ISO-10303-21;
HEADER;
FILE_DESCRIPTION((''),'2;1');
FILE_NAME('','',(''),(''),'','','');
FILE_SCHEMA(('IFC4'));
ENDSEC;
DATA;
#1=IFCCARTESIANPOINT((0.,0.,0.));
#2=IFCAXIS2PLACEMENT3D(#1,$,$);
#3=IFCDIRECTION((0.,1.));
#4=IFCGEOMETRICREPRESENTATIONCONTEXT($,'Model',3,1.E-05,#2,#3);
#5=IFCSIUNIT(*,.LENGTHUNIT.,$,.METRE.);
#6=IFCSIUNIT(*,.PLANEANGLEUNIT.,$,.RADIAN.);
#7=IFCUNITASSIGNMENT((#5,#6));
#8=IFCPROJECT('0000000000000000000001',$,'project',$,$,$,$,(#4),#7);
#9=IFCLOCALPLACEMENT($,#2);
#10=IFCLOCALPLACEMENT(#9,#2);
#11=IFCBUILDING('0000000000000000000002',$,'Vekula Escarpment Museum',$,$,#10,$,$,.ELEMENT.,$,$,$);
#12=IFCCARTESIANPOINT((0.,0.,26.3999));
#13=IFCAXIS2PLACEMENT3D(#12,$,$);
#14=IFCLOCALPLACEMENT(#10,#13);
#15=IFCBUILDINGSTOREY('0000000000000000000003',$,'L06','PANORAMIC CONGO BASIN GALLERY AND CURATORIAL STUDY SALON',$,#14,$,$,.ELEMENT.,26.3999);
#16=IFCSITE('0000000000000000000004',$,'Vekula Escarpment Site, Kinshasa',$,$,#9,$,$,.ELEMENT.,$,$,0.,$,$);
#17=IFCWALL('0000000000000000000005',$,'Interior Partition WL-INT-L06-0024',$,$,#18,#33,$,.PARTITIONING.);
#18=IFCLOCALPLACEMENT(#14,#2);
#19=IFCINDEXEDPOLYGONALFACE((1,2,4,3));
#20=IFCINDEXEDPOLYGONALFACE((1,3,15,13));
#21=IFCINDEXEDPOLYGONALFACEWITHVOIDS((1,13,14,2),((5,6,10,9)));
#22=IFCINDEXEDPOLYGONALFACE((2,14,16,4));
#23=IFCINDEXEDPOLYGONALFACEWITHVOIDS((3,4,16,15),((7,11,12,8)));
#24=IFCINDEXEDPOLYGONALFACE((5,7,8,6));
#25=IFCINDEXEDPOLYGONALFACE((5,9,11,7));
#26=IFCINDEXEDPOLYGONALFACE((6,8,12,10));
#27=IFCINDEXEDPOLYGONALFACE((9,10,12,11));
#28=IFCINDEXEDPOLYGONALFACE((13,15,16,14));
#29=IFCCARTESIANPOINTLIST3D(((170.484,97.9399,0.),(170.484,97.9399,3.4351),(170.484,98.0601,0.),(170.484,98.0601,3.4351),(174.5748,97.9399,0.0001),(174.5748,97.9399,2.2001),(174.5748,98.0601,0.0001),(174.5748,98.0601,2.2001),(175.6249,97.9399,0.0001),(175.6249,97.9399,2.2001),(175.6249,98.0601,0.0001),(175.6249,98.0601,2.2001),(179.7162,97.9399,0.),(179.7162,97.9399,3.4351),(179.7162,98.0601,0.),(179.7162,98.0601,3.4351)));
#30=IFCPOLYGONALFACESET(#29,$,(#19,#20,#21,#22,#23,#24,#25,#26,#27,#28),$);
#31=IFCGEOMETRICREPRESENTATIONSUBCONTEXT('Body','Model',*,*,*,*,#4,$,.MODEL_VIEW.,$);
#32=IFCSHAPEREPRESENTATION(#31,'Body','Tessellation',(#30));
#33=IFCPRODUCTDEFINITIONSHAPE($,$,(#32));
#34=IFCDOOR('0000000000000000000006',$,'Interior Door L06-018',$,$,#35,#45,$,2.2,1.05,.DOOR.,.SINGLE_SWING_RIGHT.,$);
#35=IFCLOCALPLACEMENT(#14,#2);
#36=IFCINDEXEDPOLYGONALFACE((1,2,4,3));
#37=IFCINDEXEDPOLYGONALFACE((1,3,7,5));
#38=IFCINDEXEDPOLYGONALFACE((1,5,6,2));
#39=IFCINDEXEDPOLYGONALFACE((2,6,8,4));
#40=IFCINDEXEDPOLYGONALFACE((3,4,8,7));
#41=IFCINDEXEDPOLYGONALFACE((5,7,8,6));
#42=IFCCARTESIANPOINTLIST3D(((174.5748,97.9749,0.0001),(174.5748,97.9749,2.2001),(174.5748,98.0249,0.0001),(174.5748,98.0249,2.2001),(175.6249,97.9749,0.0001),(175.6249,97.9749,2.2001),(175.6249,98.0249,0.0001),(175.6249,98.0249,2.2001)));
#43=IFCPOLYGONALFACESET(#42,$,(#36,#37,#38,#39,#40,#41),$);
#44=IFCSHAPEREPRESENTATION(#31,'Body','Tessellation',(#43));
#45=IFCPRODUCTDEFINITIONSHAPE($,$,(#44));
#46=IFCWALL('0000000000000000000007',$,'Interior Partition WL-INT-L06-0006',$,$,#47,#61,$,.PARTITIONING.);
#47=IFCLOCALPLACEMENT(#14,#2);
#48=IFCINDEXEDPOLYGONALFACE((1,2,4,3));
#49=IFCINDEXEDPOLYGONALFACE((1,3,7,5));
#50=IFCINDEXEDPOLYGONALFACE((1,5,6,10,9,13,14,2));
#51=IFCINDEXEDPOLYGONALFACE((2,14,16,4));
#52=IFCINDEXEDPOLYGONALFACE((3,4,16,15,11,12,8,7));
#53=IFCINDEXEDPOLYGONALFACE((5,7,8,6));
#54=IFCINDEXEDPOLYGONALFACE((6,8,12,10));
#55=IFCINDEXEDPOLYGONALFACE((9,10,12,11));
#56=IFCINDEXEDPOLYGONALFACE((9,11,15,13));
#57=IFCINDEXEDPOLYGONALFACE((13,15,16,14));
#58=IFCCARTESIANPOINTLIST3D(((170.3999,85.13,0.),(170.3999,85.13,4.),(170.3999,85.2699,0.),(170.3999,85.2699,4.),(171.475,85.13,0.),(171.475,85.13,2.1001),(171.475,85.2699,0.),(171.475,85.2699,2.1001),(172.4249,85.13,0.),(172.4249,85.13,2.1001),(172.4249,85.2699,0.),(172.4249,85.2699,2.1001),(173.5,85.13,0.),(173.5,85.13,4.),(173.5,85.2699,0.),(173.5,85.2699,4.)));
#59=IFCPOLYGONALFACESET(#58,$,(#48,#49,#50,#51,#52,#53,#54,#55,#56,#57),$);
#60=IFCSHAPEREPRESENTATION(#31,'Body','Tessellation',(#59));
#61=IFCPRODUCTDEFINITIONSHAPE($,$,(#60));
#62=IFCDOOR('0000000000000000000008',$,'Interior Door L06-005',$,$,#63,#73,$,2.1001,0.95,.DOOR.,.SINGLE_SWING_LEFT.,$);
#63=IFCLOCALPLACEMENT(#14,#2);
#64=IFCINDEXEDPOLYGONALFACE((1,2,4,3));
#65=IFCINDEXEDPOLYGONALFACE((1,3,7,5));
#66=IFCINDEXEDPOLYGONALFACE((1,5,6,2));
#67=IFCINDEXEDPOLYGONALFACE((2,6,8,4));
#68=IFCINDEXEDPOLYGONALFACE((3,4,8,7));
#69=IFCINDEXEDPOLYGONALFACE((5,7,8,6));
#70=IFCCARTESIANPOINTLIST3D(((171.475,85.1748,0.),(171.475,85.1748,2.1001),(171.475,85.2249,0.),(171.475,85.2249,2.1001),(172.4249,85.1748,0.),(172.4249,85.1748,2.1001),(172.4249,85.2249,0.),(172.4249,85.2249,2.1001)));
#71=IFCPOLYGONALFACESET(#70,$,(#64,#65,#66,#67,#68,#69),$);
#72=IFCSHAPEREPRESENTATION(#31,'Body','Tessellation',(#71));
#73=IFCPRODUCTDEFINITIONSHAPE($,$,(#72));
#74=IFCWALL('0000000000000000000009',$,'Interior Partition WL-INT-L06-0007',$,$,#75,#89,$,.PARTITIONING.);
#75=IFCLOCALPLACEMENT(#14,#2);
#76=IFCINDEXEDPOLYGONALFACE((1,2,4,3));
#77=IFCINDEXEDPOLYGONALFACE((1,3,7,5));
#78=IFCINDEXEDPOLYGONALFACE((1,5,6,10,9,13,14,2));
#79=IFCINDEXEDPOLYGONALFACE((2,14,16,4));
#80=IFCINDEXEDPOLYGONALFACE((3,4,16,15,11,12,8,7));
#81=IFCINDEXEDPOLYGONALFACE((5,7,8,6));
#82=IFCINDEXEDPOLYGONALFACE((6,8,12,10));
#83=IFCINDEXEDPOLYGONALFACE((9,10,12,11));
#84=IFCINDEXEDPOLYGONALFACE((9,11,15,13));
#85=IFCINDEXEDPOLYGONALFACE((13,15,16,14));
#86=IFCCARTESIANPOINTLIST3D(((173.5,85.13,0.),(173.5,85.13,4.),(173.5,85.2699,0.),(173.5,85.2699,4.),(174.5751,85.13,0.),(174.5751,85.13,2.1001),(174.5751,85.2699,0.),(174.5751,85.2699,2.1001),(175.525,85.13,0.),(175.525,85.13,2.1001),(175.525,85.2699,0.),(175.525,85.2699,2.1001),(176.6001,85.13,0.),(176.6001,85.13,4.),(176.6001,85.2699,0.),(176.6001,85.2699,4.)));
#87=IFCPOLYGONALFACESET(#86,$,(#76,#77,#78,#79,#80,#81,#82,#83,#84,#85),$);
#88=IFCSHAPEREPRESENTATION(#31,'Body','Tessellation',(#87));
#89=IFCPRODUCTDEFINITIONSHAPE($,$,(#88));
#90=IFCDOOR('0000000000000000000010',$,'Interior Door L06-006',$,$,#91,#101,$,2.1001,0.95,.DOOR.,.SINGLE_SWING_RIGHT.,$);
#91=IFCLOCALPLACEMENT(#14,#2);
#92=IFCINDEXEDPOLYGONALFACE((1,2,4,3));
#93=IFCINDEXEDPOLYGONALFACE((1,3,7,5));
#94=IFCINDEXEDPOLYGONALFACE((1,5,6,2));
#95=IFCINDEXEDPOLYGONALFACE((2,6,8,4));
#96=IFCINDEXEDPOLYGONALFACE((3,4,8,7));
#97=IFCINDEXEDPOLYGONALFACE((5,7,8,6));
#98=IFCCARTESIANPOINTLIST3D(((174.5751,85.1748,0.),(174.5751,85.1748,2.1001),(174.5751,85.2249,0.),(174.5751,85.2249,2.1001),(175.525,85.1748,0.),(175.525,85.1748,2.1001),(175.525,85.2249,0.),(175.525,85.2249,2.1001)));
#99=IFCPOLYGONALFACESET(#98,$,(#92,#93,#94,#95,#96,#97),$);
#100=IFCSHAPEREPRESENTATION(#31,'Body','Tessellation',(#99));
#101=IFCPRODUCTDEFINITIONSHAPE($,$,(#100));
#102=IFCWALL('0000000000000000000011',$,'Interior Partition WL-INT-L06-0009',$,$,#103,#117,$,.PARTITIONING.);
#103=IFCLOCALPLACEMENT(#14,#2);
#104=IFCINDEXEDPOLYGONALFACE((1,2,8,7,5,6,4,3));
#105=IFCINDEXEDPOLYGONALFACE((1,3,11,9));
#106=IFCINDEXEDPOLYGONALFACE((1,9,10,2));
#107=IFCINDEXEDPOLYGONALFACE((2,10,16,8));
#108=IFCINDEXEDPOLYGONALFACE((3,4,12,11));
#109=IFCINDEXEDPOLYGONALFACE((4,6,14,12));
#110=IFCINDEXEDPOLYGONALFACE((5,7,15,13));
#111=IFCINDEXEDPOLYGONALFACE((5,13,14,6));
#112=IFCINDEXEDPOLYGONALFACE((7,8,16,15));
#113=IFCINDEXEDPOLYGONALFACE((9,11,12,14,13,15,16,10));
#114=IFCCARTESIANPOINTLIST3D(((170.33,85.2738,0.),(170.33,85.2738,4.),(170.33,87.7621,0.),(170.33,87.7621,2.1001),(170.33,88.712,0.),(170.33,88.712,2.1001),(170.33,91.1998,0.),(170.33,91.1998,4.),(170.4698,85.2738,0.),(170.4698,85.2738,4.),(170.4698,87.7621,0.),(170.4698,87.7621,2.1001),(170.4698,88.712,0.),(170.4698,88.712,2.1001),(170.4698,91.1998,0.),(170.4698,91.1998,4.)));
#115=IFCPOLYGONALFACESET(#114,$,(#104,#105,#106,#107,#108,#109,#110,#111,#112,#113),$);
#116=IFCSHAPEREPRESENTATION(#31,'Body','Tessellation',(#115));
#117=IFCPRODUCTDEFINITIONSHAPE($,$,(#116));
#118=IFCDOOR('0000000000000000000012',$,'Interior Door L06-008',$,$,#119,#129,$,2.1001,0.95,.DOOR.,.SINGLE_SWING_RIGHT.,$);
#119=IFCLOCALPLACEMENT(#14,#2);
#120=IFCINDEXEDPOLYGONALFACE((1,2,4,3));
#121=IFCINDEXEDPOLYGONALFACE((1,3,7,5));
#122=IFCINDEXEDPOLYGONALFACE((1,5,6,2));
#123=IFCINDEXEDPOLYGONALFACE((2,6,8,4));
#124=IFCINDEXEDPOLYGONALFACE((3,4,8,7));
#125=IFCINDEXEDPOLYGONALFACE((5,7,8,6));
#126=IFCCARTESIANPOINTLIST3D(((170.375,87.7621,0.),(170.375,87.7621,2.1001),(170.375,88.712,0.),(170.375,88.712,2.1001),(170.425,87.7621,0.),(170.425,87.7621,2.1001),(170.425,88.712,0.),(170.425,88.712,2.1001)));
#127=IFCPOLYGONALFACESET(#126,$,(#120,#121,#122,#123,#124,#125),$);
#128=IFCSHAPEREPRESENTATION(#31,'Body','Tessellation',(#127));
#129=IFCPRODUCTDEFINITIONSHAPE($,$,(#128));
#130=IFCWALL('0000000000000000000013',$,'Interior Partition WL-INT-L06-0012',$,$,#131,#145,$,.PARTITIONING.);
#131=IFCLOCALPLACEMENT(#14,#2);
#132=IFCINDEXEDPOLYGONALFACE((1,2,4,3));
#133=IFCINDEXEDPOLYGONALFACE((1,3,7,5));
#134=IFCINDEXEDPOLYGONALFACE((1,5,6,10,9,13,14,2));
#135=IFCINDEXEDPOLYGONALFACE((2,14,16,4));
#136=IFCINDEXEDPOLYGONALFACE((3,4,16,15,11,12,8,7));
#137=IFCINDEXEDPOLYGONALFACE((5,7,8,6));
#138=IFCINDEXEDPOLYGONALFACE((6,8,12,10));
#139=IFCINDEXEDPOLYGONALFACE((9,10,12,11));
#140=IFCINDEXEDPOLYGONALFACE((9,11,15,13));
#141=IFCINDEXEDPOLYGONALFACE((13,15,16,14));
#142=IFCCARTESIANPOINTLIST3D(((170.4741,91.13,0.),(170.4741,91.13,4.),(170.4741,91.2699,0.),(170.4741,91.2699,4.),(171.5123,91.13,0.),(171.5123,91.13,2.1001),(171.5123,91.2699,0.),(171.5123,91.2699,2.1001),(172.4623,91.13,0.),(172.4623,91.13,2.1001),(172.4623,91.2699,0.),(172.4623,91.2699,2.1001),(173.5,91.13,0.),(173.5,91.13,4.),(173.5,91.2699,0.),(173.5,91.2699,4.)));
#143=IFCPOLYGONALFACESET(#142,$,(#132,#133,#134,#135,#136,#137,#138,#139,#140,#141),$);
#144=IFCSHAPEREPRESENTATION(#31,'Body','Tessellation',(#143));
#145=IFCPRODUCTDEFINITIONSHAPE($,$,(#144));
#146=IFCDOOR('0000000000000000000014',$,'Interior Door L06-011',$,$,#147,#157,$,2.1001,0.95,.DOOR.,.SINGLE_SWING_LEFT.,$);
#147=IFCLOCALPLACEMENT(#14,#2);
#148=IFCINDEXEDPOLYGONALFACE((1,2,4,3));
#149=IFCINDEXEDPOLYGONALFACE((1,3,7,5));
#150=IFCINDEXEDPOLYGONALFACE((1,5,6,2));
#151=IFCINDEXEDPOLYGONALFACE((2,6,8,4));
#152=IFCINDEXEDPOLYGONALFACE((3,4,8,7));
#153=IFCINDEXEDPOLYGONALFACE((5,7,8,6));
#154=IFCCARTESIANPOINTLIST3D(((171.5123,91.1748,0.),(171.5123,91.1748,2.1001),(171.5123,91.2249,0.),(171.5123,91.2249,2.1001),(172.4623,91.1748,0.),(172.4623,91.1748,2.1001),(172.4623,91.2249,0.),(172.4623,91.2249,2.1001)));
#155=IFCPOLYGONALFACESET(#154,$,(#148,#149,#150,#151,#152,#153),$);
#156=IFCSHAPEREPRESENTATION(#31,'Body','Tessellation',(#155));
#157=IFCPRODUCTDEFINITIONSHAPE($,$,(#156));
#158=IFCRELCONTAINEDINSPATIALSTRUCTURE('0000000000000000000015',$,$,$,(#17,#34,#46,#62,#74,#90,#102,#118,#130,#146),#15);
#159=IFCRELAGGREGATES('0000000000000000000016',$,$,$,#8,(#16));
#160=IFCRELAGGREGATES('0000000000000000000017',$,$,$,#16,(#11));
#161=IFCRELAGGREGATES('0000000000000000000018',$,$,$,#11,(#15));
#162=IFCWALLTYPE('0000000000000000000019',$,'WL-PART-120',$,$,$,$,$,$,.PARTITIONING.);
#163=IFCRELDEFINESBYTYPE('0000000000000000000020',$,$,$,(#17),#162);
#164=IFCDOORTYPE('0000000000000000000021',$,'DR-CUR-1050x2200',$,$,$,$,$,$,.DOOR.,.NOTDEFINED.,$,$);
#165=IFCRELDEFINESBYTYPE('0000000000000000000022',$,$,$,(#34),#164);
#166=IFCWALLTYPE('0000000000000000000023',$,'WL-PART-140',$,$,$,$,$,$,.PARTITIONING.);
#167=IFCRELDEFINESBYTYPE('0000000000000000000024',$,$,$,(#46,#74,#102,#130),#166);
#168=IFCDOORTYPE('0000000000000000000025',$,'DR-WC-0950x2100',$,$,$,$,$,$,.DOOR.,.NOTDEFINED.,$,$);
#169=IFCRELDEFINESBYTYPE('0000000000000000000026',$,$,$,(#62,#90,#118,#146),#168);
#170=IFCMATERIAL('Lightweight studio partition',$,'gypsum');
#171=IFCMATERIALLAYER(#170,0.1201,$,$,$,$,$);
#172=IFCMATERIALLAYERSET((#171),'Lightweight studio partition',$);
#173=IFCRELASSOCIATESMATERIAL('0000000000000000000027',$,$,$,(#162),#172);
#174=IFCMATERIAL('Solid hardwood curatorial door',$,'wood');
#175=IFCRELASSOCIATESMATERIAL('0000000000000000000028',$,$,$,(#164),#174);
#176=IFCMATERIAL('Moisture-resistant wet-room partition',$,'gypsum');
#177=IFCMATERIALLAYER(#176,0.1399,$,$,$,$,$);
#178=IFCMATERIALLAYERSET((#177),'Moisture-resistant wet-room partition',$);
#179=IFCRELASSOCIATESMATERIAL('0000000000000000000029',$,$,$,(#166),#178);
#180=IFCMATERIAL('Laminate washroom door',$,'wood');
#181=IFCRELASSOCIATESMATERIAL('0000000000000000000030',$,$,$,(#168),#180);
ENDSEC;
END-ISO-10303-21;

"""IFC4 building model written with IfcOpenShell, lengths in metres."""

from ifc_helpers import new_model, si_unit, direction, frame, frame_2d, origin, place, context, subcontext, project, spatial, rectangle, extrude, material, layer, layer_set, type_object, element, fill, save


model = new_model("IFC4")

# Units and contexts
model_context = context("Model", 3, precision=1e-05, world=origin(), true_north=direction((0.0, 1.0)))
body_context = subcontext(model_context, "Body", "Model", "MODEL_VIEW")
ifc_project = project(units=[si_unit("LENGTHUNIT", "METRE"), si_unit("PLANEANGLEUNIT", "RADIAN")], contexts=[model_context])

# Site, building, storey
site_placement = place(None, origin())
site = spatial("IfcSite", under=ifc_project, at=site_placement, Name="Vekula Escarpment Site, Kinshasa", CompositionType="ELEMENT", RefElevation=0.0)
building_placement = place(site_placement, origin())
building = spatial("IfcBuilding", under=site, at=building_placement, Name="Vekula Escarpment Museum", CompositionType="ELEMENT")
storey_placement = place(building_placement, frame((0.0, 0.0, 26.3999)))
storey = spatial("IfcBuildingStorey", under=building, at=storey_placement, Name="L06", Description="PANORAMIC CONGO BASIN GALLERY AND CURATORIAL STUDY SALON", CompositionType="ELEMENT", Elevation=26.3999)

# Walls, openings, doors
ifc_material_1 = material(Name="Lightweight studio partition", Category="gypsum")
ifc_layer_1 = layer(ifc_material_1, 0.1201)
ifc_layer_set_1 = layer_set([ifc_layer_1], Name="Lightweight studio partition")
wall_type_1 = type_object("IfcWallType", Name="WL-PART-120", PredefinedType="PARTITIONING", material=ifc_layer_set_1)
wall_1_placement = place(storey_placement, frame((170.4839, 98.0, 0.0), z_axis=(0.0, 0.0, 1.0), x_axis=(1.0, 0.0, 0.0)))
wall_1 = element("IfcWall", 1, at=wall_1_placement, inside=storey, type_object=wall_type_1, Name="Interior Partition WL-INT-L06-0024", PredefinedType="PARTITIONING", context=body_context, shape_type="SweptSolid", body=[
    extrude(rectangle(XDim=9.2322, YDim=0.1201, at=frame_2d((4.6162, 0.0))), origin(), (0.0, 0.0, 1.0), 3.4351),
])
opening_1_placement = place(wall_1_placement, frame((4.0911, 0.0, 0.0)))
opening_1 = element("IfcOpeningElement", 2, at=opening_1_placement, cuts=wall_1, PredefinedType="OPENING", context=body_context, shape_type="SweptSolid", body=[
    extrude(rectangle(XDim=1.05, YDim=2.2, at=frame_2d((0.5249, 1.1001))), frame((0.0, 0.0701, 0.0), z_axis=(0.0, -1.0, 0.0), x_axis=(1.0, 0.0, 0.0)), (0.0, 0.0, 1.0), 0.1401),
])
ifc_material_2 = material(Name="Solid hardwood curatorial door", Category="wood")
door_type_1 = type_object("IfcDoorType", Name="DR-CUR-1050x2200", OperationType="NOTDEFINED", PredefinedType="DOOR", material=ifc_material_2)
door_1_placement = place(opening_1_placement, origin())
door_1 = element("IfcDoor", 3, at=door_1_placement, inside=storey, type_object=door_type_1, Name="Interior Door L06-018", OperationType="SINGLE_SWING_RIGHT", OverallHeight=2.2, OverallWidth=1.05, PredefinedType="DOOR", context=body_context, shape_type="SweptSolid", body=[
    extrude(rectangle(XDim=1.05, YDim=2.2, at=frame_2d((0.5249, 1.1001))), frame((0.0, 0.0249, 0.0), z_axis=(0.0, -1.0, 0.0), x_axis=(1.0, 0.0, 0.0)), (0.0, 0.0, 1.0), 0.05),
])
fill(opening_1, door_1)
ifc_material_3 = material(Name="Moisture-resistant wet-room partition", Category="gypsum")
ifc_layer_2 = layer(ifc_material_3, 0.1399)
ifc_layer_set_2 = layer_set([ifc_layer_2], Name="Moisture-resistant wet-room partition")
wall_type_2 = type_object("IfcWallType", Name="WL-PART-140", PredefinedType="PARTITIONING", material=ifc_layer_set_2)
wall_2_placement = place(storey_placement, frame((170.3999, 85.2, 0.0), z_axis=(0.0, 0.0, 1.0), x_axis=(1.0, 0.0, 0.0)))
wall_2 = element("IfcWall", 4, at=wall_2_placement, inside=storey, type_object=wall_type_2, Name="Interior Partition WL-INT-L06-0006", PredefinedType="PARTITIONING", context=body_context, shape_type="SweptSolid", body=[
    extrude(rectangle(XDim=3.1001, YDim=0.1399, at=frame_2d((1.55, 0.0))), origin(), (0.0, 0.0, 1.0), 4.0),
])
opening_2_placement = place(wall_2_placement, frame((1.075, 0.0, 0.0)))
opening_2 = element("IfcOpeningElement", 5, at=opening_2_placement, cuts=wall_2, PredefinedType="OPENING", context=body_context, shape_type="SweptSolid", body=[
    extrude(rectangle(XDim=0.95, YDim=2.1001, at=frame_2d((0.4751, 1.05))), frame((0.0, 0.0798, 0.0), z_axis=(0.0, -1.0, 0.0), x_axis=(1.0, 0.0, 0.0)), (0.0, 0.0, 1.0), 0.1599),
])
ifc_material_4 = material(Name="Laminate washroom door", Category="wood")
door_type_2 = type_object("IfcDoorType", Name="DR-WC-0950x2100", OperationType="NOTDEFINED", PredefinedType="DOOR", material=ifc_material_4)
door_2_placement = place(opening_2_placement, origin())
door_2 = element("IfcDoor", 6, at=door_2_placement, inside=storey, type_object=door_type_2, Name="Interior Door L06-005", OperationType="SINGLE_SWING_LEFT", OverallHeight=2.1001, OverallWidth=0.95, PredefinedType="DOOR", context=body_context, shape_type="SweptSolid", body=[
    extrude(rectangle(XDim=0.95, YDim=2.1001, at=frame_2d((0.4751, 1.05))), frame((0.0, 0.0249, 0.0), z_axis=(0.0, -1.0, 0.0), x_axis=(1.0, 0.0, 0.0)), (0.0, 0.0, 1.0), 0.05),
])
fill(opening_2, door_2)
wall_3_placement = place(storey_placement, frame((173.5, 85.2, 0.0), z_axis=(0.0, 0.0, 1.0), x_axis=(1.0, 0.0, 0.0)))
wall_3 = element("IfcWall", 7, at=wall_3_placement, inside=storey, type_object=wall_type_2, Name="Interior Partition WL-INT-L06-0007", PredefinedType="PARTITIONING", context=body_context, shape_type="SweptSolid", body=[
    extrude(rectangle(XDim=3.1001, YDim=0.1399, at=frame_2d((1.55, 0.0))), origin(), (0.0, 0.0, 1.0), 4.0),
])
opening_3_placement = place(wall_3_placement, frame((1.075, 0.0, 0.0)))
opening_3 = element("IfcOpeningElement", 8, at=opening_3_placement, cuts=wall_3, PredefinedType="OPENING", context=body_context, shape_type="SweptSolid", body=[
    extrude(rectangle(XDim=0.95, YDim=2.1001, at=frame_2d((0.4751, 1.05))), frame((0.0, 0.0798, 0.0), z_axis=(0.0, -1.0, 0.0), x_axis=(1.0, 0.0, 0.0)), (0.0, 0.0, 1.0), 0.1599),
])
door_3_placement = place(opening_3_placement, origin())
door_3 = element("IfcDoor", 9, at=door_3_placement, inside=storey, type_object=door_type_2, Name="Interior Door L06-006", OperationType="SINGLE_SWING_RIGHT", OverallHeight=2.1001, OverallWidth=0.95, PredefinedType="DOOR", context=body_context, shape_type="SweptSolid", body=[
    extrude(rectangle(XDim=0.95, YDim=2.1001, at=frame_2d((0.4751, 1.05))), frame((0.0, 0.0249, 0.0), z_axis=(0.0, -1.0, 0.0), x_axis=(1.0, 0.0, 0.0)), (0.0, 0.0, 1.0), 0.05),
])
fill(opening_3, door_3)
wall_4_placement = place(storey_placement, frame((170.3999, 85.2739, 0.0), z_axis=(0.0, 0.0, 1.0), x_axis=(0.0, 1.0, 0.0)))
wall_4 = element("IfcWall", 10, at=wall_4_placement, inside=storey, type_object=wall_type_2, Name="Interior Partition WL-INT-L06-0009", PredefinedType="PARTITIONING", context=body_context, shape_type="SweptSolid", body=[
    extrude(rectangle(XDim=5.926, YDim=0.1399, at=frame_2d((2.9629, 0.0))), origin(), (0.0, 0.0, 1.0), 4.0),
])
opening_4_placement = place(wall_4_placement, frame((2.488, 0.0, 0.0)))
opening_4 = element("IfcOpeningElement", 11, at=opening_4_placement, cuts=wall_4, PredefinedType="OPENING", context=body_context, shape_type="SweptSolid", body=[
    extrude(rectangle(XDim=0.95, YDim=2.1001, at=frame_2d((0.4751, 1.05))), frame((0.0, 0.0798, 0.0), z_axis=(0.0, -1.0, 0.0), x_axis=(1.0, 0.0, 0.0)), (0.0, 0.0, 1.0), 0.1599),
])
door_4_placement = place(opening_4_placement, origin())
door_4 = element("IfcDoor", 12, at=door_4_placement, inside=storey, type_object=door_type_2, Name="Interior Door L06-008", OperationType="SINGLE_SWING_RIGHT", OverallHeight=2.1001, OverallWidth=0.95, PredefinedType="DOOR", context=body_context, shape_type="SweptSolid", body=[
    extrude(rectangle(XDim=0.95, YDim=2.1001, at=frame_2d((0.4751, 1.05))), frame((0.0, 0.0249, 0.0), z_axis=(0.0, -1.0, 0.0), x_axis=(1.0, 0.0, 0.0)), (0.0, 0.0, 1.0), 0.05),
])
fill(opening_4, door_4)
wall_5_placement = place(storey_placement, frame((170.4741, 91.2, 0.0), z_axis=(0.0, 0.0, 1.0), x_axis=(1.0, 0.0, 0.0)))
wall_5 = element("IfcWall", 13, at=wall_5_placement, inside=storey, type_object=wall_type_2, Name="Interior Partition WL-INT-L06-0012", PredefinedType="PARTITIONING", context=body_context, shape_type="SweptSolid", body=[
    extrude(rectangle(XDim=3.0259, YDim=0.1399, at=frame_2d((1.5129, 0.0))), origin(), (0.0, 0.0, 1.0), 4.0),
])
opening_5_placement = place(wall_5_placement, frame((1.0381, 0.0, 0.0)))
opening_5 = element("IfcOpeningElement", 14, at=opening_5_placement, cuts=wall_5, PredefinedType="OPENING", context=body_context, shape_type="SweptSolid", body=[
    extrude(rectangle(XDim=0.95, YDim=2.1001, at=frame_2d((0.4751, 1.05))), frame((0.0, 0.0798, 0.0), z_axis=(0.0, -1.0, 0.0), x_axis=(1.0, 0.0, 0.0)), (0.0, 0.0, 1.0), 0.1599),
])
door_5_placement = place(opening_5_placement, origin())
door_5 = element("IfcDoor", 15, at=door_5_placement, inside=storey, type_object=door_type_2, Name="Interior Door L06-011", OperationType="SINGLE_SWING_LEFT", OverallHeight=2.1001, OverallWidth=0.95, PredefinedType="DOOR", context=body_context, shape_type="SweptSolid", body=[
    extrude(rectangle(XDim=0.95, YDim=2.1001, at=frame_2d((0.4751, 1.05))), frame((0.0, 0.0249, 0.0), z_axis=(0.0, -1.0, 0.0), x_axis=(1.0, 0.0, 0.0)), (0.0, 0.0, 1.0), 0.05),
])
fill(opening_5, door_5)

save(model, "model.ifc")
